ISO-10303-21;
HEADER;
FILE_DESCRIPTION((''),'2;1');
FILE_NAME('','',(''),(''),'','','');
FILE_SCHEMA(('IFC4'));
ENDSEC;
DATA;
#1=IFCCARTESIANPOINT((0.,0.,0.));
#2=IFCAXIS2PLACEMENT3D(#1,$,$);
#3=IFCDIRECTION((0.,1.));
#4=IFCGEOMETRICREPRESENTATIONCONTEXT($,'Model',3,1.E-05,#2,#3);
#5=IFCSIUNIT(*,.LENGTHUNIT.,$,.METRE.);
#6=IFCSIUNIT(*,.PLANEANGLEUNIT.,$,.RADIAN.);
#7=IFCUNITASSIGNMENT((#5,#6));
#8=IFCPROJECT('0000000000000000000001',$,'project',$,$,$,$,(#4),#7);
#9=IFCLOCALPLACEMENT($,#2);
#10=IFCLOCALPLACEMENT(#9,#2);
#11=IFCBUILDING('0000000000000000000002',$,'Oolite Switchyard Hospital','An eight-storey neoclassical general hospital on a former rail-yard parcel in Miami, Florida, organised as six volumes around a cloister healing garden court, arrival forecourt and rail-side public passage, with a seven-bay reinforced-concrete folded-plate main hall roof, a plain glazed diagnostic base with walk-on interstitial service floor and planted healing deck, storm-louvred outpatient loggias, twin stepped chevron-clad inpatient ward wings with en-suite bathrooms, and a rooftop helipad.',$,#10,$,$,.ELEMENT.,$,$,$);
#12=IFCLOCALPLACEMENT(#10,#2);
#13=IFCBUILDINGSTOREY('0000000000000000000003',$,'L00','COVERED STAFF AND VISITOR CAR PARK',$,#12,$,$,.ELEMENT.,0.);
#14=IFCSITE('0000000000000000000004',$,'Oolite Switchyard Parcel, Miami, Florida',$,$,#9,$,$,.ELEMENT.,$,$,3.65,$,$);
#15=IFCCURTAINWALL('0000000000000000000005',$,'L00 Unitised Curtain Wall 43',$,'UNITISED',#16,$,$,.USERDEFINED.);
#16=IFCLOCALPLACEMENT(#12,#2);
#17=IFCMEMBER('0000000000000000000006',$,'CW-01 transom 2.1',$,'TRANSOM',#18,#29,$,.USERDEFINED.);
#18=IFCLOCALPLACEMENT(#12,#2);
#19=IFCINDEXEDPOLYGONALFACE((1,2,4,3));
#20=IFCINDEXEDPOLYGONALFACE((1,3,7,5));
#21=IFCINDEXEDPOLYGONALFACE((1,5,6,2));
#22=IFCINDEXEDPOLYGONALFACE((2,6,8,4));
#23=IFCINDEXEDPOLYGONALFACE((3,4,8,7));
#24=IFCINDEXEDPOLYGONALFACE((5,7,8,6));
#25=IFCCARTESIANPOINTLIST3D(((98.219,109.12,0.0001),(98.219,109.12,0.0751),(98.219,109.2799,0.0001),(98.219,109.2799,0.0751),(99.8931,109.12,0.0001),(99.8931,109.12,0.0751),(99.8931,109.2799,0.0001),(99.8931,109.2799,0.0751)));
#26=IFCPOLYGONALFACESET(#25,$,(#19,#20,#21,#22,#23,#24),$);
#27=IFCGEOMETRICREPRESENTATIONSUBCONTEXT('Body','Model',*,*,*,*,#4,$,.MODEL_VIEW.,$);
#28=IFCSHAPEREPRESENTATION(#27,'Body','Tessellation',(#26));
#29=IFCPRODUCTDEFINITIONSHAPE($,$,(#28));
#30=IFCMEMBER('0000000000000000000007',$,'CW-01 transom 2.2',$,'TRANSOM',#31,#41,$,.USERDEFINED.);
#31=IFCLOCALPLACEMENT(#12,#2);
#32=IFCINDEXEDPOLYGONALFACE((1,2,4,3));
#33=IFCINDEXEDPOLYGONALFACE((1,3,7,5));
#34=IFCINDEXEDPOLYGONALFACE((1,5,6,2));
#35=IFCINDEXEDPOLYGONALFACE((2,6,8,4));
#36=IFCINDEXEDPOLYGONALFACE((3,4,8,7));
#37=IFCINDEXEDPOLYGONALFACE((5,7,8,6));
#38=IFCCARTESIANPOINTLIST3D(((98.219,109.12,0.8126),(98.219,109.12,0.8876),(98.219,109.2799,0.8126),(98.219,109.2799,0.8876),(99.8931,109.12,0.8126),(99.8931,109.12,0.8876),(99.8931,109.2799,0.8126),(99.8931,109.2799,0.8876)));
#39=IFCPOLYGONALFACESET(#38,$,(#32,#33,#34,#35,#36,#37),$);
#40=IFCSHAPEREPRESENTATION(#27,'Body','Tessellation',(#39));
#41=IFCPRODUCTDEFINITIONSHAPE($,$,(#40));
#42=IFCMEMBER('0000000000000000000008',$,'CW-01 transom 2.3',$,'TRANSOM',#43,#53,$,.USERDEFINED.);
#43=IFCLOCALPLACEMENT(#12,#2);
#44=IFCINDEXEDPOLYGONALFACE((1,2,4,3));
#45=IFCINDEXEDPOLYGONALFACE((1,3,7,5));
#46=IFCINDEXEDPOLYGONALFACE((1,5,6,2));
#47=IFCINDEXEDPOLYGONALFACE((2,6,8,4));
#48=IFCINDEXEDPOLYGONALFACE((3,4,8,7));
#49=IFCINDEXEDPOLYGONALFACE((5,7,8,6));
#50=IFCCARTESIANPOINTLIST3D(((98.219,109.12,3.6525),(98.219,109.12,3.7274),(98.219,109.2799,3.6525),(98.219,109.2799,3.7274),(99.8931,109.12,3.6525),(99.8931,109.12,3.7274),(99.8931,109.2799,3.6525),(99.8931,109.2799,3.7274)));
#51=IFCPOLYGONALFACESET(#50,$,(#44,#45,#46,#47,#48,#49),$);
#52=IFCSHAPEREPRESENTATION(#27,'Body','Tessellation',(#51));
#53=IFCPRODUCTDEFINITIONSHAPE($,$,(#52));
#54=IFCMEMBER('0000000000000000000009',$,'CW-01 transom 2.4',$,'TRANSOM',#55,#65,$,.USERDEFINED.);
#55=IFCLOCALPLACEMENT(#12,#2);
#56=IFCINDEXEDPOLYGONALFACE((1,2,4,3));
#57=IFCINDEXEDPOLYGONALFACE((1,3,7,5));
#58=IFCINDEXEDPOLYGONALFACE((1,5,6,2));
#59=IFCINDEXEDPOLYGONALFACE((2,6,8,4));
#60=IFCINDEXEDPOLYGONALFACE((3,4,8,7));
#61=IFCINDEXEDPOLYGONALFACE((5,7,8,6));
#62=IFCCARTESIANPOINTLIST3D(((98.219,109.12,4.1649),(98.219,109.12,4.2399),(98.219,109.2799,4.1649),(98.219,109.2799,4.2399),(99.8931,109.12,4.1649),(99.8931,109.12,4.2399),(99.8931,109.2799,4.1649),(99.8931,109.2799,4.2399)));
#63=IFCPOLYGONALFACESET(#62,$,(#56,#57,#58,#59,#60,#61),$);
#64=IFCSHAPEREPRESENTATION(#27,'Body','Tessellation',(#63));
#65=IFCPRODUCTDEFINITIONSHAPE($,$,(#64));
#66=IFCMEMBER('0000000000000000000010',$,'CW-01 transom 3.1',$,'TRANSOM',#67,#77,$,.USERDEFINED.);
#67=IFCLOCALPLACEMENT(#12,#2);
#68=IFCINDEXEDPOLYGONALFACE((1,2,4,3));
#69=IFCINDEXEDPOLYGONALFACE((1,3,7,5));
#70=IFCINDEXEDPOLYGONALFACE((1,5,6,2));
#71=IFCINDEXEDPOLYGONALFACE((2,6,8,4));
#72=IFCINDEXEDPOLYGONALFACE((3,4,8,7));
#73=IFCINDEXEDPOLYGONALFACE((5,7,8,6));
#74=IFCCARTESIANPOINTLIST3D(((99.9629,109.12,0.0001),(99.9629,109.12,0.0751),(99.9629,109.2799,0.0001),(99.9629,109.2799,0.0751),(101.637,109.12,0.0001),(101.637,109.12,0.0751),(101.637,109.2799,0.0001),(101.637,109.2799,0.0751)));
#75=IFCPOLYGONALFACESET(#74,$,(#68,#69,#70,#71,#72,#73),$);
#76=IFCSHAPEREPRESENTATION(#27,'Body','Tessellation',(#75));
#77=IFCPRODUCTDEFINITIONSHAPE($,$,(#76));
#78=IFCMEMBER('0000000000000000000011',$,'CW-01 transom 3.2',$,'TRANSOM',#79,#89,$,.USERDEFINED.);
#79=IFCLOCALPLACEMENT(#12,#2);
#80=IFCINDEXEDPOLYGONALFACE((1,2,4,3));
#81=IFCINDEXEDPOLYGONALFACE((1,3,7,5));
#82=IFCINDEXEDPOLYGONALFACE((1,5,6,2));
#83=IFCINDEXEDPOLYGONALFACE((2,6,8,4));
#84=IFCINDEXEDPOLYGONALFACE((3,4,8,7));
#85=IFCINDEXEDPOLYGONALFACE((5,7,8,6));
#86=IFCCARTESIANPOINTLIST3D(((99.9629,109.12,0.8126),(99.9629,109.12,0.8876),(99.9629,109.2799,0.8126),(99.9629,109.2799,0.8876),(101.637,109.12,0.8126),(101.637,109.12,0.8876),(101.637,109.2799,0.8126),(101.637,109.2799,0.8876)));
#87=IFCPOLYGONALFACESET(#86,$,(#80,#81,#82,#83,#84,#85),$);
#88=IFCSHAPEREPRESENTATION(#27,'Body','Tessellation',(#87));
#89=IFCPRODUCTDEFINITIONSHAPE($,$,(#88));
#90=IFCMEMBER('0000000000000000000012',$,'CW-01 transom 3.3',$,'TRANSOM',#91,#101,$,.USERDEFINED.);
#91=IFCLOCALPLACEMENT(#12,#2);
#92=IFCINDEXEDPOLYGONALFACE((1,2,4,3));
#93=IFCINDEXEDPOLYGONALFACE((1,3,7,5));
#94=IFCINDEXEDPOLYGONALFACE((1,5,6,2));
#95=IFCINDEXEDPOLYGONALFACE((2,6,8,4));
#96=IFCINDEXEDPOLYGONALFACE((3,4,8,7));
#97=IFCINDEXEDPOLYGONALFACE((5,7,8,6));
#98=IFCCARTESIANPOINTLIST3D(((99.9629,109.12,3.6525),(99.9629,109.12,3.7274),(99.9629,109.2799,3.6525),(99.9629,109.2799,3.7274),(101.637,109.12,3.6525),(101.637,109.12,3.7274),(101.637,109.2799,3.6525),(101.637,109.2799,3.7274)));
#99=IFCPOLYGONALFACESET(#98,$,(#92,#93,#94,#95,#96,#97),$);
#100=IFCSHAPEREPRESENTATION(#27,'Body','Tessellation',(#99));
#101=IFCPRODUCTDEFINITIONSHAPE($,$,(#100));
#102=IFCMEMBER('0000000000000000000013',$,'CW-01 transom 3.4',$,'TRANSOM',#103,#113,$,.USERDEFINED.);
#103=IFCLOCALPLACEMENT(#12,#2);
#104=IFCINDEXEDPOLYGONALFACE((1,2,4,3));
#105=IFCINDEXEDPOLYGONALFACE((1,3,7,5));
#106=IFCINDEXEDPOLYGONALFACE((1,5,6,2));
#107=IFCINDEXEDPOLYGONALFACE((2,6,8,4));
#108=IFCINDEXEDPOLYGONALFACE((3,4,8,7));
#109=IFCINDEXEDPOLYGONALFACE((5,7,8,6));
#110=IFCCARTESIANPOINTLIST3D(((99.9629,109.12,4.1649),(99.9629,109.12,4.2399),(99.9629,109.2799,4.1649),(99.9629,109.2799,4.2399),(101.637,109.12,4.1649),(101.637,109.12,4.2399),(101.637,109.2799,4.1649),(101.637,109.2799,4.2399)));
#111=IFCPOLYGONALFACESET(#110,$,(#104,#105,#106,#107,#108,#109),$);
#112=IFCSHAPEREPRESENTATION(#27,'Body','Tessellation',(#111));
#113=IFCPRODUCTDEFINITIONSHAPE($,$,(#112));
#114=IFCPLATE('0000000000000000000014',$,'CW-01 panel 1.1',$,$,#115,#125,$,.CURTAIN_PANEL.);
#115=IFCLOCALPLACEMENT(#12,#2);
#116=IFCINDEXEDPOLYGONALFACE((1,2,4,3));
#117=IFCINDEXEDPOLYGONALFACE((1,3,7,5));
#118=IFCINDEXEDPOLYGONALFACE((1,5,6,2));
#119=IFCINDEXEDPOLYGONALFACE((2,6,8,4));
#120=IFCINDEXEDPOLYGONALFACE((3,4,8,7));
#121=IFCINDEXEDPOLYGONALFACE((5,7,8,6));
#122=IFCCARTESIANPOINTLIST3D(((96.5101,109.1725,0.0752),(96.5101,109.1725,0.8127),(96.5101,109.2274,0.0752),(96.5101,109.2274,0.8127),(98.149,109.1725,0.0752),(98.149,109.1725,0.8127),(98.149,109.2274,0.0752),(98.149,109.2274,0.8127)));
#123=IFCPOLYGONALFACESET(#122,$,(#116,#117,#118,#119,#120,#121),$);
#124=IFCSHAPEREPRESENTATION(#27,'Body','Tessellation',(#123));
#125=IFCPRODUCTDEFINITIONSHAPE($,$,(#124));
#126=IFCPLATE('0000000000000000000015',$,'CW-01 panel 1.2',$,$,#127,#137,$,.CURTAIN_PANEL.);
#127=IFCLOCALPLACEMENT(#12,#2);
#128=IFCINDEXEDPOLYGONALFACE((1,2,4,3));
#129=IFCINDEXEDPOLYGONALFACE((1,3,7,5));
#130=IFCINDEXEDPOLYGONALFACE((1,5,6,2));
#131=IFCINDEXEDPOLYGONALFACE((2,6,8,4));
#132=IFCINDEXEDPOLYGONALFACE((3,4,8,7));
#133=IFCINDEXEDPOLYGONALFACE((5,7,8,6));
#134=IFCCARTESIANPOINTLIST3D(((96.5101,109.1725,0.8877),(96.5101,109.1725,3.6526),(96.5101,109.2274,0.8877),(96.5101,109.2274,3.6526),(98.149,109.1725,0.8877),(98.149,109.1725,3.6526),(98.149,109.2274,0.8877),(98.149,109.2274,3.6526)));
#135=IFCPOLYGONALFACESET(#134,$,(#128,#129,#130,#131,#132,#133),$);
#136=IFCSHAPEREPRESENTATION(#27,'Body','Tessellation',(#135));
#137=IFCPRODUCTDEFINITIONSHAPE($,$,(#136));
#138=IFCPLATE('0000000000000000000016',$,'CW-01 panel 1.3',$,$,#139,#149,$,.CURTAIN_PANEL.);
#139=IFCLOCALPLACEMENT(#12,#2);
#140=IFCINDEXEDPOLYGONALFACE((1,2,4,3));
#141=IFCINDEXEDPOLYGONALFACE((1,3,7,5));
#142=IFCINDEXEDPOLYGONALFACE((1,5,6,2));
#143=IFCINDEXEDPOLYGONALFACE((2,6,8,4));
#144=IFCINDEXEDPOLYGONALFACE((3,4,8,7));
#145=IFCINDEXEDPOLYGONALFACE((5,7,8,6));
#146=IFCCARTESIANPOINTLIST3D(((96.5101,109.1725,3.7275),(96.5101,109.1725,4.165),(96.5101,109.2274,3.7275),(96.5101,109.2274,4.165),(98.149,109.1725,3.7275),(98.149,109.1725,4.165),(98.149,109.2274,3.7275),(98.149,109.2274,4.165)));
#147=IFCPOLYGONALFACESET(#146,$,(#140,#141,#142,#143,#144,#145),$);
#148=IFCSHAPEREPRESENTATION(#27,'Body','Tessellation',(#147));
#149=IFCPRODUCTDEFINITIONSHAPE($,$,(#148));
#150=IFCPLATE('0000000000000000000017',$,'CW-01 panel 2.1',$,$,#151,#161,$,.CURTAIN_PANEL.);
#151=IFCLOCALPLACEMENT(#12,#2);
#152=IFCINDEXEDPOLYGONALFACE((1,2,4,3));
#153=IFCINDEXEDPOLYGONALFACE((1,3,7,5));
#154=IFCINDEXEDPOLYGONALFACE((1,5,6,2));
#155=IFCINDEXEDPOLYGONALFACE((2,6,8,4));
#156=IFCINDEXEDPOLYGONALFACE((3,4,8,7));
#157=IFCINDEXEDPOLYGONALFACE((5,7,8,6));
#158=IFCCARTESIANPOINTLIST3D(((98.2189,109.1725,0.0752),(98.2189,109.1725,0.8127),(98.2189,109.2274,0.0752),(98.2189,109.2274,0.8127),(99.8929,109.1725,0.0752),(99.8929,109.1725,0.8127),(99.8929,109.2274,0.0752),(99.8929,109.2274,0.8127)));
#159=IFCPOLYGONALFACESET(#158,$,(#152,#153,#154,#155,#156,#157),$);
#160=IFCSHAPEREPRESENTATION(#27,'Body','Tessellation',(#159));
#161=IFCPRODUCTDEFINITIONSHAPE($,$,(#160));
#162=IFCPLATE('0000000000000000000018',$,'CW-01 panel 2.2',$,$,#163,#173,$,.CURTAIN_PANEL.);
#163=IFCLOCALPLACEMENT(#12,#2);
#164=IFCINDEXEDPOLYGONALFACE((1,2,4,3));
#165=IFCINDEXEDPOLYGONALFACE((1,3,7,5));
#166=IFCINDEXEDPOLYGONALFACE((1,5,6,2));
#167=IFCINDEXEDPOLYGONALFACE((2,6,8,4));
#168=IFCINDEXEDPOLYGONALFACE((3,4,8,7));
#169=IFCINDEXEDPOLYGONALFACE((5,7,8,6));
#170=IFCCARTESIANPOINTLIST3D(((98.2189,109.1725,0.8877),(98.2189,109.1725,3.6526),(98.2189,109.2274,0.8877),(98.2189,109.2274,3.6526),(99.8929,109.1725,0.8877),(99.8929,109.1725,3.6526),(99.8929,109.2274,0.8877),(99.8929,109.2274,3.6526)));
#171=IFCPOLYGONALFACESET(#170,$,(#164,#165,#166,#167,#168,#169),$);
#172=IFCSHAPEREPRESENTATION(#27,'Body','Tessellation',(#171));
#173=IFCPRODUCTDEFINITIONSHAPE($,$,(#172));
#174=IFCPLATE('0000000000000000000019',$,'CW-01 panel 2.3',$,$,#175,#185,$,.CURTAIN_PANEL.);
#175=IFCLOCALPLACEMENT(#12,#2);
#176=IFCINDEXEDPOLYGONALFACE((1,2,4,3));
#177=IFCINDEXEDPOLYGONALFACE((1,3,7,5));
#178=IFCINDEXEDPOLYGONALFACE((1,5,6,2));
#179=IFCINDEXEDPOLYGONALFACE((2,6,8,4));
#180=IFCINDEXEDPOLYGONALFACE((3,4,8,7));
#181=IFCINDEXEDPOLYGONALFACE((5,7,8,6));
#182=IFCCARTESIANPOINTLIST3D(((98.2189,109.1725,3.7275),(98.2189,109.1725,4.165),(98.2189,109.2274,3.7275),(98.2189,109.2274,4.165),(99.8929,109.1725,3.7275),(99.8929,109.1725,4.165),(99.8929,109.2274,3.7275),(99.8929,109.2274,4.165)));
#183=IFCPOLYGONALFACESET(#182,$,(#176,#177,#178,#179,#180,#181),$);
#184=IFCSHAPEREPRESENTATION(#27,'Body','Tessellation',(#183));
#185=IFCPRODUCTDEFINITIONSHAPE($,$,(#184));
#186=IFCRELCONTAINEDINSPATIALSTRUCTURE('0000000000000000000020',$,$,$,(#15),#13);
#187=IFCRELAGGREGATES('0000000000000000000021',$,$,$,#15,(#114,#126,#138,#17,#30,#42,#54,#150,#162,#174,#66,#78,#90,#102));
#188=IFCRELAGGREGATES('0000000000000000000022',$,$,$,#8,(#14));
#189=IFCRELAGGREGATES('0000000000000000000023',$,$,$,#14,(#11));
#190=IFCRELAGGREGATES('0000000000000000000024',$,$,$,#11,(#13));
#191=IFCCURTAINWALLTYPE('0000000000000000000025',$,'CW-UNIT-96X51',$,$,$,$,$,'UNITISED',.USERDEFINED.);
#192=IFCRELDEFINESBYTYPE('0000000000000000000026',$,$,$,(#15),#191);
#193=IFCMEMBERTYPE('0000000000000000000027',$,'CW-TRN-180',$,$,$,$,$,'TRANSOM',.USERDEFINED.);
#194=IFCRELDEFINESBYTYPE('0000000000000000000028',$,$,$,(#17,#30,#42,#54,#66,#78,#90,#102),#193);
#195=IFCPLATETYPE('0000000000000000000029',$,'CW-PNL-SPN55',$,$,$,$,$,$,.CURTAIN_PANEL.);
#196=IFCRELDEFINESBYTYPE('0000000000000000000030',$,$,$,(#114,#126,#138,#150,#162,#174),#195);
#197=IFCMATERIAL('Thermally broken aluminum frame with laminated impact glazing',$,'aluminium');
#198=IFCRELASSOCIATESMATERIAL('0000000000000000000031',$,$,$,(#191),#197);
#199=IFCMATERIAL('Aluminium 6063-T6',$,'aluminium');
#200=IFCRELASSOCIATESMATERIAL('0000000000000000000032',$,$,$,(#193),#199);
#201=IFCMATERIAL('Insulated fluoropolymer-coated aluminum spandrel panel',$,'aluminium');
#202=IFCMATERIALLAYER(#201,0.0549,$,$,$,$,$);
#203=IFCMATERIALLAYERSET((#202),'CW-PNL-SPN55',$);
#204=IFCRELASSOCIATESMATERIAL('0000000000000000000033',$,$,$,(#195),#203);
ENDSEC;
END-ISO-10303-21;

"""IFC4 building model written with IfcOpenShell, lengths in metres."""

from ifc_helpers import new_model, si_unit, direction, frame, origin, origin_2d, place, context, subcontext, project, spatial, rectangle, extrude, material, layer, layer_set, material_profile, profile_set, type_object, element, aggregate, save


model = new_model("IFC4")

# Units and contexts
model_context = context("Model", 3, precision=1e-05, world=origin(), true_north=direction((0.0, 1.0)))
body_context = subcontext(model_context, "Body", "Model", "MODEL_VIEW")
ifc_project = project(units=[si_unit("LENGTHUNIT", "METRE"), si_unit("PLANEANGLEUNIT", "RADIAN")], contexts=[model_context])

# Site, building, storey
site_placement = place(None, origin())
site = spatial("IfcSite", under=ifc_project, at=site_placement, Name="Oolite Switchyard Parcel, Miami, Florida", CompositionType="ELEMENT", RefElevation=3.65)
building_placement = place(site_placement, origin())
building = spatial("IfcBuilding", under=site, at=building_placement, Name="Oolite Switchyard Hospital", Description="An eight-storey neoclassical general hospital on a former rail-yard parcel in Miami, Florida, organised as six volumes around a cloister healing garden court, arrival forecourt and rail-side public passage, with a seven-bay reinforced-concrete folded-plate main hall roof, a plain glazed diagnostic base with walk-on interstitial service floor and planted healing deck, storm-louvred outpatient loggias, twin stepped chevron-clad inpatient ward wings with en-suite bathrooms, and a rooftop helipad.", CompositionType="ELEMENT")
storey_placement = place(building_placement, origin())
storey = spatial("IfcBuildingStorey", under=building, at=storey_placement, Name="L00", Description="COVERED STAFF AND VISITOR CAR PARK", CompositionType="ELEMENT", Elevation=0.0)

# Curtain wall, members, plates
ifc_material_1 = material(Name="Thermally broken aluminum frame with laminated impact glazing", Category="aluminium")
curtain_wall_type = type_object("IfcCurtainWallType", Name="CW-UNIT-96X51", ElementType="UNITISED", PredefinedType="USERDEFINED", material=ifc_material_1)
curtain_wall_placement = place(storey_placement, origin())
curtain_wall = element("IfcCurtainWall", 1, at=curtain_wall_placement, inside=storey, type_object=curtain_wall_type, Name="L00 Unitised Curtain Wall 43", ObjectType="UNITISED", PredefinedType="USERDEFINED")
ifc_material_2 = material(Name="Aluminium 6063-T6", Category="aluminium")
ifc_material_profile_1 = material_profile(ifc_material_2, rectangle(XDim=0.1599, YDim=0.075, at=origin_2d()), Name="CWT75X160")
ifc_profile_set_1 = profile_set([ifc_material_profile_1], Name="Aluminium 6063-T6")
member_type_1 = type_object("IfcMemberType", Name="CW-TRN-180", ElementType="TRANSOM", PredefinedType="USERDEFINED", material=ifc_profile_set_1)
member_1_placement = place(storey_placement, frame((98.219, 109.2, 0.0376), z_axis=(1.0, 0.0, 0.0), x_axis=(0.0, 1.0, 0.0)))
member_1 = element("IfcMember", 2, at=member_1_placement, type_object=member_type_1, Name="CW-01 transom 2.1", ObjectType="TRANSOM", PredefinedType="USERDEFINED", context=body_context, shape_type="SweptSolid", body=[
    extrude(rectangle(XDim=0.1599, YDim=0.075, at=origin_2d()), origin(), (0.0, 0.0, 1.0), 1.6741),
])
member_2_placement = place(storey_placement, frame((98.219, 109.2, 0.8501), z_axis=(1.0, 0.0, 0.0), x_axis=(0.0, 1.0, 0.0)))
member_2 = element("IfcMember", 3, at=member_2_placement, type_object=member_type_1, Name="CW-01 transom 2.2", ObjectType="TRANSOM", PredefinedType="USERDEFINED", context=body_context, shape_type="SweptSolid", body=[
    extrude(rectangle(XDim=0.1599, YDim=0.075, at=origin_2d()), origin(), (0.0, 0.0, 1.0), 1.6741),
])
member_3_placement = place(storey_placement, frame((98.219, 109.2, 3.6899), z_axis=(1.0, 0.0, 0.0), x_axis=(0.0, 1.0, 0.0)))
member_3 = element("IfcMember", 4, at=member_3_placement, type_object=member_type_1, Name="CW-01 transom 2.3", ObjectType="TRANSOM", PredefinedType="USERDEFINED", context=body_context, shape_type="SweptSolid", body=[
    extrude(rectangle(XDim=0.1599, YDim=0.075, at=origin_2d()), origin(), (0.0, 0.0, 1.0), 1.6741),
])
member_4_placement = place(storey_placement, frame((98.219, 109.2, 4.2024), z_axis=(1.0, 0.0, 0.0), x_axis=(0.0, 1.0, 0.0)))
member_4 = element("IfcMember", 5, at=member_4_placement, type_object=member_type_1, Name="CW-01 transom 2.4", ObjectType="TRANSOM", PredefinedType="USERDEFINED", context=body_context, shape_type="SweptSolid", body=[
    extrude(rectangle(XDim=0.1599, YDim=0.075, at=origin_2d()), origin(), (0.0, 0.0, 1.0), 1.6741),
])
member_5_placement = place(storey_placement, frame((99.9629, 109.2, 0.0376), z_axis=(1.0, 0.0, 0.0), x_axis=(0.0, 1.0, 0.0)))
member_5 = element("IfcMember", 6, at=member_5_placement, type_object=member_type_1, Name="CW-01 transom 3.1", ObjectType="TRANSOM", PredefinedType="USERDEFINED", context=body_context, shape_type="SweptSolid", body=[
    extrude(rectangle(XDim=0.1599, YDim=0.075, at=origin_2d()), origin(), (0.0, 0.0, 1.0), 1.6741),
])
member_6_placement = place(storey_placement, frame((99.9629, 109.2, 0.8501), z_axis=(1.0, 0.0, 0.0), x_axis=(0.0, 1.0, 0.0)))
member_6 = element("IfcMember", 7, at=member_6_placement, type_object=member_type_1, Name="CW-01 transom 3.2", ObjectType="TRANSOM", PredefinedType="USERDEFINED", context=body_context, shape_type="SweptSolid", body=[
    extrude(rectangle(XDim=0.1599, YDim=0.075, at=origin_2d()), origin(), (0.0, 0.0, 1.0), 1.6741),
])
member_7_placement = place(storey_placement, frame((99.9629, 109.2, 3.6899), z_axis=(1.0, 0.0, 0.0), x_axis=(0.0, 1.0, 0.0)))
member_7 = element("IfcMember", 8, at=member_7_placement, type_object=member_type_1, Name="CW-01 transom 3.3", ObjectType="TRANSOM", PredefinedType="USERDEFINED", context=body_context, shape_type="SweptSolid", body=[
    extrude(rectangle(XDim=0.1599, YDim=0.075, at=origin_2d()), origin(), (0.0, 0.0, 1.0), 1.6741),
])
member_8_placement = place(storey_placement, frame((99.9629, 109.2, 4.2024), z_axis=(1.0, 0.0, 0.0), x_axis=(0.0, 1.0, 0.0)))
member_8 = element("IfcMember", 9, at=member_8_placement, type_object=member_type_1, Name="CW-01 transom 3.4", ObjectType="TRANSOM", PredefinedType="USERDEFINED", context=body_context, shape_type="SweptSolid", body=[
    extrude(rectangle(XDim=0.1599, YDim=0.075, at=origin_2d()), origin(), (0.0, 0.0, 1.0), 1.6741),
])
ifc_material_3 = material(Name="Insulated fluoropolymer-coated aluminum spandrel panel", Category="aluminium")
ifc_layer = layer(ifc_material_3, 0.0549)
ifc_layer_set = layer_set([ifc_layer], Name="CW-PNL-SPN55")
plate_type = type_object("IfcPlateType", Name="CW-PNL-SPN55", PredefinedType="CURTAIN_PANEL", material=ifc_layer_set)
plate_1_placement = place(storey_placement, frame((97.3296, 109.2, 0.0752), z_axis=(0.0, 0.0, 1.0), x_axis=(1.0, 0.0, 0.0)))
plate_1 = element("IfcPlate", 10, at=plate_1_placement, type_object=plate_type, Name="CW-01 panel 1.1", PredefinedType="CURTAIN_PANEL", context=body_context, shape_type="SweptSolid", body=[
    extrude(rectangle(XDim=1.6389, YDim=0.0549, at=origin_2d()), origin(), (0.0, 0.0, 1.0), 0.7375),
])
plate_2_placement = place(storey_placement, frame((97.3296, 109.2, 0.8877), z_axis=(0.0, 0.0, 1.0), x_axis=(1.0, 0.0, 0.0)))
plate_2 = element("IfcPlate", 11, at=plate_2_placement, type_object=plate_type, Name="CW-01 panel 1.2", PredefinedType="CURTAIN_PANEL", context=body_context, shape_type="SweptSolid", body=[
    extrude(rectangle(XDim=1.6389, YDim=0.0549, at=origin_2d()), origin(), (0.0, 0.0, 1.0), 2.7649),
])
plate_3_placement = place(storey_placement, frame((97.3296, 109.2, 3.7275), z_axis=(0.0, 0.0, 1.0), x_axis=(1.0, 0.0, 0.0)))
plate_3 = element("IfcPlate", 12, at=plate_3_placement, type_object=plate_type, Name="CW-01 panel 1.3", PredefinedType="CURTAIN_PANEL", context=body_context, shape_type="SweptSolid", body=[
    extrude(rectangle(XDim=1.6389, YDim=0.0549, at=origin_2d()), origin(), (0.0, 0.0, 1.0), 0.4375),
])
plate_4_placement = place(storey_placement, frame((99.0559, 109.2, 0.0752), z_axis=(0.0, 0.0, 1.0), x_axis=(1.0, 0.0, 0.0)))
plate_4 = element("IfcPlate", 13, at=plate_4_placement, type_object=plate_type, Name="CW-01 panel 2.1", PredefinedType="CURTAIN_PANEL", context=body_context, shape_type="SweptSolid", body=[
    extrude(rectangle(XDim=1.6741, YDim=0.0549, at=origin_2d()), origin(), (0.0, 0.0, 1.0), 0.7375),
])
plate_5_placement = place(storey_placement, frame((99.0559, 109.2, 0.8877), z_axis=(0.0, 0.0, 1.0), x_axis=(1.0, 0.0, 0.0)))
plate_5 = element("IfcPlate", 14, at=plate_5_placement, type_object=plate_type, Name="CW-01 panel 2.2", PredefinedType="CURTAIN_PANEL", context=body_context, shape_type="SweptSolid", body=[
    extrude(rectangle(XDim=1.6741, YDim=0.0549, at=origin_2d()), origin(), (0.0, 0.0, 1.0), 2.7649),
])
plate_6_placement = place(storey_placement, frame((99.0559, 109.2, 3.7275), z_axis=(0.0, 0.0, 1.0), x_axis=(1.0, 0.0, 0.0)))
plate_6 = element("IfcPlate", 15, at=plate_6_placement, type_object=plate_type, Name="CW-01 panel 2.3", PredefinedType="CURTAIN_PANEL", context=body_context, shape_type="SweptSolid", body=[
    extrude(rectangle(XDim=1.6741, YDim=0.0549, at=origin_2d()), origin(), (0.0, 0.0, 1.0), 0.4375),
])
aggregate(curtain_wall, [plate_1, plate_2, plate_3, member_1, member_2, member_3, member_4, plate_4, plate_5, plate_6, member_5, member_6, member_7, member_8])

save(model, "model.ifc")
